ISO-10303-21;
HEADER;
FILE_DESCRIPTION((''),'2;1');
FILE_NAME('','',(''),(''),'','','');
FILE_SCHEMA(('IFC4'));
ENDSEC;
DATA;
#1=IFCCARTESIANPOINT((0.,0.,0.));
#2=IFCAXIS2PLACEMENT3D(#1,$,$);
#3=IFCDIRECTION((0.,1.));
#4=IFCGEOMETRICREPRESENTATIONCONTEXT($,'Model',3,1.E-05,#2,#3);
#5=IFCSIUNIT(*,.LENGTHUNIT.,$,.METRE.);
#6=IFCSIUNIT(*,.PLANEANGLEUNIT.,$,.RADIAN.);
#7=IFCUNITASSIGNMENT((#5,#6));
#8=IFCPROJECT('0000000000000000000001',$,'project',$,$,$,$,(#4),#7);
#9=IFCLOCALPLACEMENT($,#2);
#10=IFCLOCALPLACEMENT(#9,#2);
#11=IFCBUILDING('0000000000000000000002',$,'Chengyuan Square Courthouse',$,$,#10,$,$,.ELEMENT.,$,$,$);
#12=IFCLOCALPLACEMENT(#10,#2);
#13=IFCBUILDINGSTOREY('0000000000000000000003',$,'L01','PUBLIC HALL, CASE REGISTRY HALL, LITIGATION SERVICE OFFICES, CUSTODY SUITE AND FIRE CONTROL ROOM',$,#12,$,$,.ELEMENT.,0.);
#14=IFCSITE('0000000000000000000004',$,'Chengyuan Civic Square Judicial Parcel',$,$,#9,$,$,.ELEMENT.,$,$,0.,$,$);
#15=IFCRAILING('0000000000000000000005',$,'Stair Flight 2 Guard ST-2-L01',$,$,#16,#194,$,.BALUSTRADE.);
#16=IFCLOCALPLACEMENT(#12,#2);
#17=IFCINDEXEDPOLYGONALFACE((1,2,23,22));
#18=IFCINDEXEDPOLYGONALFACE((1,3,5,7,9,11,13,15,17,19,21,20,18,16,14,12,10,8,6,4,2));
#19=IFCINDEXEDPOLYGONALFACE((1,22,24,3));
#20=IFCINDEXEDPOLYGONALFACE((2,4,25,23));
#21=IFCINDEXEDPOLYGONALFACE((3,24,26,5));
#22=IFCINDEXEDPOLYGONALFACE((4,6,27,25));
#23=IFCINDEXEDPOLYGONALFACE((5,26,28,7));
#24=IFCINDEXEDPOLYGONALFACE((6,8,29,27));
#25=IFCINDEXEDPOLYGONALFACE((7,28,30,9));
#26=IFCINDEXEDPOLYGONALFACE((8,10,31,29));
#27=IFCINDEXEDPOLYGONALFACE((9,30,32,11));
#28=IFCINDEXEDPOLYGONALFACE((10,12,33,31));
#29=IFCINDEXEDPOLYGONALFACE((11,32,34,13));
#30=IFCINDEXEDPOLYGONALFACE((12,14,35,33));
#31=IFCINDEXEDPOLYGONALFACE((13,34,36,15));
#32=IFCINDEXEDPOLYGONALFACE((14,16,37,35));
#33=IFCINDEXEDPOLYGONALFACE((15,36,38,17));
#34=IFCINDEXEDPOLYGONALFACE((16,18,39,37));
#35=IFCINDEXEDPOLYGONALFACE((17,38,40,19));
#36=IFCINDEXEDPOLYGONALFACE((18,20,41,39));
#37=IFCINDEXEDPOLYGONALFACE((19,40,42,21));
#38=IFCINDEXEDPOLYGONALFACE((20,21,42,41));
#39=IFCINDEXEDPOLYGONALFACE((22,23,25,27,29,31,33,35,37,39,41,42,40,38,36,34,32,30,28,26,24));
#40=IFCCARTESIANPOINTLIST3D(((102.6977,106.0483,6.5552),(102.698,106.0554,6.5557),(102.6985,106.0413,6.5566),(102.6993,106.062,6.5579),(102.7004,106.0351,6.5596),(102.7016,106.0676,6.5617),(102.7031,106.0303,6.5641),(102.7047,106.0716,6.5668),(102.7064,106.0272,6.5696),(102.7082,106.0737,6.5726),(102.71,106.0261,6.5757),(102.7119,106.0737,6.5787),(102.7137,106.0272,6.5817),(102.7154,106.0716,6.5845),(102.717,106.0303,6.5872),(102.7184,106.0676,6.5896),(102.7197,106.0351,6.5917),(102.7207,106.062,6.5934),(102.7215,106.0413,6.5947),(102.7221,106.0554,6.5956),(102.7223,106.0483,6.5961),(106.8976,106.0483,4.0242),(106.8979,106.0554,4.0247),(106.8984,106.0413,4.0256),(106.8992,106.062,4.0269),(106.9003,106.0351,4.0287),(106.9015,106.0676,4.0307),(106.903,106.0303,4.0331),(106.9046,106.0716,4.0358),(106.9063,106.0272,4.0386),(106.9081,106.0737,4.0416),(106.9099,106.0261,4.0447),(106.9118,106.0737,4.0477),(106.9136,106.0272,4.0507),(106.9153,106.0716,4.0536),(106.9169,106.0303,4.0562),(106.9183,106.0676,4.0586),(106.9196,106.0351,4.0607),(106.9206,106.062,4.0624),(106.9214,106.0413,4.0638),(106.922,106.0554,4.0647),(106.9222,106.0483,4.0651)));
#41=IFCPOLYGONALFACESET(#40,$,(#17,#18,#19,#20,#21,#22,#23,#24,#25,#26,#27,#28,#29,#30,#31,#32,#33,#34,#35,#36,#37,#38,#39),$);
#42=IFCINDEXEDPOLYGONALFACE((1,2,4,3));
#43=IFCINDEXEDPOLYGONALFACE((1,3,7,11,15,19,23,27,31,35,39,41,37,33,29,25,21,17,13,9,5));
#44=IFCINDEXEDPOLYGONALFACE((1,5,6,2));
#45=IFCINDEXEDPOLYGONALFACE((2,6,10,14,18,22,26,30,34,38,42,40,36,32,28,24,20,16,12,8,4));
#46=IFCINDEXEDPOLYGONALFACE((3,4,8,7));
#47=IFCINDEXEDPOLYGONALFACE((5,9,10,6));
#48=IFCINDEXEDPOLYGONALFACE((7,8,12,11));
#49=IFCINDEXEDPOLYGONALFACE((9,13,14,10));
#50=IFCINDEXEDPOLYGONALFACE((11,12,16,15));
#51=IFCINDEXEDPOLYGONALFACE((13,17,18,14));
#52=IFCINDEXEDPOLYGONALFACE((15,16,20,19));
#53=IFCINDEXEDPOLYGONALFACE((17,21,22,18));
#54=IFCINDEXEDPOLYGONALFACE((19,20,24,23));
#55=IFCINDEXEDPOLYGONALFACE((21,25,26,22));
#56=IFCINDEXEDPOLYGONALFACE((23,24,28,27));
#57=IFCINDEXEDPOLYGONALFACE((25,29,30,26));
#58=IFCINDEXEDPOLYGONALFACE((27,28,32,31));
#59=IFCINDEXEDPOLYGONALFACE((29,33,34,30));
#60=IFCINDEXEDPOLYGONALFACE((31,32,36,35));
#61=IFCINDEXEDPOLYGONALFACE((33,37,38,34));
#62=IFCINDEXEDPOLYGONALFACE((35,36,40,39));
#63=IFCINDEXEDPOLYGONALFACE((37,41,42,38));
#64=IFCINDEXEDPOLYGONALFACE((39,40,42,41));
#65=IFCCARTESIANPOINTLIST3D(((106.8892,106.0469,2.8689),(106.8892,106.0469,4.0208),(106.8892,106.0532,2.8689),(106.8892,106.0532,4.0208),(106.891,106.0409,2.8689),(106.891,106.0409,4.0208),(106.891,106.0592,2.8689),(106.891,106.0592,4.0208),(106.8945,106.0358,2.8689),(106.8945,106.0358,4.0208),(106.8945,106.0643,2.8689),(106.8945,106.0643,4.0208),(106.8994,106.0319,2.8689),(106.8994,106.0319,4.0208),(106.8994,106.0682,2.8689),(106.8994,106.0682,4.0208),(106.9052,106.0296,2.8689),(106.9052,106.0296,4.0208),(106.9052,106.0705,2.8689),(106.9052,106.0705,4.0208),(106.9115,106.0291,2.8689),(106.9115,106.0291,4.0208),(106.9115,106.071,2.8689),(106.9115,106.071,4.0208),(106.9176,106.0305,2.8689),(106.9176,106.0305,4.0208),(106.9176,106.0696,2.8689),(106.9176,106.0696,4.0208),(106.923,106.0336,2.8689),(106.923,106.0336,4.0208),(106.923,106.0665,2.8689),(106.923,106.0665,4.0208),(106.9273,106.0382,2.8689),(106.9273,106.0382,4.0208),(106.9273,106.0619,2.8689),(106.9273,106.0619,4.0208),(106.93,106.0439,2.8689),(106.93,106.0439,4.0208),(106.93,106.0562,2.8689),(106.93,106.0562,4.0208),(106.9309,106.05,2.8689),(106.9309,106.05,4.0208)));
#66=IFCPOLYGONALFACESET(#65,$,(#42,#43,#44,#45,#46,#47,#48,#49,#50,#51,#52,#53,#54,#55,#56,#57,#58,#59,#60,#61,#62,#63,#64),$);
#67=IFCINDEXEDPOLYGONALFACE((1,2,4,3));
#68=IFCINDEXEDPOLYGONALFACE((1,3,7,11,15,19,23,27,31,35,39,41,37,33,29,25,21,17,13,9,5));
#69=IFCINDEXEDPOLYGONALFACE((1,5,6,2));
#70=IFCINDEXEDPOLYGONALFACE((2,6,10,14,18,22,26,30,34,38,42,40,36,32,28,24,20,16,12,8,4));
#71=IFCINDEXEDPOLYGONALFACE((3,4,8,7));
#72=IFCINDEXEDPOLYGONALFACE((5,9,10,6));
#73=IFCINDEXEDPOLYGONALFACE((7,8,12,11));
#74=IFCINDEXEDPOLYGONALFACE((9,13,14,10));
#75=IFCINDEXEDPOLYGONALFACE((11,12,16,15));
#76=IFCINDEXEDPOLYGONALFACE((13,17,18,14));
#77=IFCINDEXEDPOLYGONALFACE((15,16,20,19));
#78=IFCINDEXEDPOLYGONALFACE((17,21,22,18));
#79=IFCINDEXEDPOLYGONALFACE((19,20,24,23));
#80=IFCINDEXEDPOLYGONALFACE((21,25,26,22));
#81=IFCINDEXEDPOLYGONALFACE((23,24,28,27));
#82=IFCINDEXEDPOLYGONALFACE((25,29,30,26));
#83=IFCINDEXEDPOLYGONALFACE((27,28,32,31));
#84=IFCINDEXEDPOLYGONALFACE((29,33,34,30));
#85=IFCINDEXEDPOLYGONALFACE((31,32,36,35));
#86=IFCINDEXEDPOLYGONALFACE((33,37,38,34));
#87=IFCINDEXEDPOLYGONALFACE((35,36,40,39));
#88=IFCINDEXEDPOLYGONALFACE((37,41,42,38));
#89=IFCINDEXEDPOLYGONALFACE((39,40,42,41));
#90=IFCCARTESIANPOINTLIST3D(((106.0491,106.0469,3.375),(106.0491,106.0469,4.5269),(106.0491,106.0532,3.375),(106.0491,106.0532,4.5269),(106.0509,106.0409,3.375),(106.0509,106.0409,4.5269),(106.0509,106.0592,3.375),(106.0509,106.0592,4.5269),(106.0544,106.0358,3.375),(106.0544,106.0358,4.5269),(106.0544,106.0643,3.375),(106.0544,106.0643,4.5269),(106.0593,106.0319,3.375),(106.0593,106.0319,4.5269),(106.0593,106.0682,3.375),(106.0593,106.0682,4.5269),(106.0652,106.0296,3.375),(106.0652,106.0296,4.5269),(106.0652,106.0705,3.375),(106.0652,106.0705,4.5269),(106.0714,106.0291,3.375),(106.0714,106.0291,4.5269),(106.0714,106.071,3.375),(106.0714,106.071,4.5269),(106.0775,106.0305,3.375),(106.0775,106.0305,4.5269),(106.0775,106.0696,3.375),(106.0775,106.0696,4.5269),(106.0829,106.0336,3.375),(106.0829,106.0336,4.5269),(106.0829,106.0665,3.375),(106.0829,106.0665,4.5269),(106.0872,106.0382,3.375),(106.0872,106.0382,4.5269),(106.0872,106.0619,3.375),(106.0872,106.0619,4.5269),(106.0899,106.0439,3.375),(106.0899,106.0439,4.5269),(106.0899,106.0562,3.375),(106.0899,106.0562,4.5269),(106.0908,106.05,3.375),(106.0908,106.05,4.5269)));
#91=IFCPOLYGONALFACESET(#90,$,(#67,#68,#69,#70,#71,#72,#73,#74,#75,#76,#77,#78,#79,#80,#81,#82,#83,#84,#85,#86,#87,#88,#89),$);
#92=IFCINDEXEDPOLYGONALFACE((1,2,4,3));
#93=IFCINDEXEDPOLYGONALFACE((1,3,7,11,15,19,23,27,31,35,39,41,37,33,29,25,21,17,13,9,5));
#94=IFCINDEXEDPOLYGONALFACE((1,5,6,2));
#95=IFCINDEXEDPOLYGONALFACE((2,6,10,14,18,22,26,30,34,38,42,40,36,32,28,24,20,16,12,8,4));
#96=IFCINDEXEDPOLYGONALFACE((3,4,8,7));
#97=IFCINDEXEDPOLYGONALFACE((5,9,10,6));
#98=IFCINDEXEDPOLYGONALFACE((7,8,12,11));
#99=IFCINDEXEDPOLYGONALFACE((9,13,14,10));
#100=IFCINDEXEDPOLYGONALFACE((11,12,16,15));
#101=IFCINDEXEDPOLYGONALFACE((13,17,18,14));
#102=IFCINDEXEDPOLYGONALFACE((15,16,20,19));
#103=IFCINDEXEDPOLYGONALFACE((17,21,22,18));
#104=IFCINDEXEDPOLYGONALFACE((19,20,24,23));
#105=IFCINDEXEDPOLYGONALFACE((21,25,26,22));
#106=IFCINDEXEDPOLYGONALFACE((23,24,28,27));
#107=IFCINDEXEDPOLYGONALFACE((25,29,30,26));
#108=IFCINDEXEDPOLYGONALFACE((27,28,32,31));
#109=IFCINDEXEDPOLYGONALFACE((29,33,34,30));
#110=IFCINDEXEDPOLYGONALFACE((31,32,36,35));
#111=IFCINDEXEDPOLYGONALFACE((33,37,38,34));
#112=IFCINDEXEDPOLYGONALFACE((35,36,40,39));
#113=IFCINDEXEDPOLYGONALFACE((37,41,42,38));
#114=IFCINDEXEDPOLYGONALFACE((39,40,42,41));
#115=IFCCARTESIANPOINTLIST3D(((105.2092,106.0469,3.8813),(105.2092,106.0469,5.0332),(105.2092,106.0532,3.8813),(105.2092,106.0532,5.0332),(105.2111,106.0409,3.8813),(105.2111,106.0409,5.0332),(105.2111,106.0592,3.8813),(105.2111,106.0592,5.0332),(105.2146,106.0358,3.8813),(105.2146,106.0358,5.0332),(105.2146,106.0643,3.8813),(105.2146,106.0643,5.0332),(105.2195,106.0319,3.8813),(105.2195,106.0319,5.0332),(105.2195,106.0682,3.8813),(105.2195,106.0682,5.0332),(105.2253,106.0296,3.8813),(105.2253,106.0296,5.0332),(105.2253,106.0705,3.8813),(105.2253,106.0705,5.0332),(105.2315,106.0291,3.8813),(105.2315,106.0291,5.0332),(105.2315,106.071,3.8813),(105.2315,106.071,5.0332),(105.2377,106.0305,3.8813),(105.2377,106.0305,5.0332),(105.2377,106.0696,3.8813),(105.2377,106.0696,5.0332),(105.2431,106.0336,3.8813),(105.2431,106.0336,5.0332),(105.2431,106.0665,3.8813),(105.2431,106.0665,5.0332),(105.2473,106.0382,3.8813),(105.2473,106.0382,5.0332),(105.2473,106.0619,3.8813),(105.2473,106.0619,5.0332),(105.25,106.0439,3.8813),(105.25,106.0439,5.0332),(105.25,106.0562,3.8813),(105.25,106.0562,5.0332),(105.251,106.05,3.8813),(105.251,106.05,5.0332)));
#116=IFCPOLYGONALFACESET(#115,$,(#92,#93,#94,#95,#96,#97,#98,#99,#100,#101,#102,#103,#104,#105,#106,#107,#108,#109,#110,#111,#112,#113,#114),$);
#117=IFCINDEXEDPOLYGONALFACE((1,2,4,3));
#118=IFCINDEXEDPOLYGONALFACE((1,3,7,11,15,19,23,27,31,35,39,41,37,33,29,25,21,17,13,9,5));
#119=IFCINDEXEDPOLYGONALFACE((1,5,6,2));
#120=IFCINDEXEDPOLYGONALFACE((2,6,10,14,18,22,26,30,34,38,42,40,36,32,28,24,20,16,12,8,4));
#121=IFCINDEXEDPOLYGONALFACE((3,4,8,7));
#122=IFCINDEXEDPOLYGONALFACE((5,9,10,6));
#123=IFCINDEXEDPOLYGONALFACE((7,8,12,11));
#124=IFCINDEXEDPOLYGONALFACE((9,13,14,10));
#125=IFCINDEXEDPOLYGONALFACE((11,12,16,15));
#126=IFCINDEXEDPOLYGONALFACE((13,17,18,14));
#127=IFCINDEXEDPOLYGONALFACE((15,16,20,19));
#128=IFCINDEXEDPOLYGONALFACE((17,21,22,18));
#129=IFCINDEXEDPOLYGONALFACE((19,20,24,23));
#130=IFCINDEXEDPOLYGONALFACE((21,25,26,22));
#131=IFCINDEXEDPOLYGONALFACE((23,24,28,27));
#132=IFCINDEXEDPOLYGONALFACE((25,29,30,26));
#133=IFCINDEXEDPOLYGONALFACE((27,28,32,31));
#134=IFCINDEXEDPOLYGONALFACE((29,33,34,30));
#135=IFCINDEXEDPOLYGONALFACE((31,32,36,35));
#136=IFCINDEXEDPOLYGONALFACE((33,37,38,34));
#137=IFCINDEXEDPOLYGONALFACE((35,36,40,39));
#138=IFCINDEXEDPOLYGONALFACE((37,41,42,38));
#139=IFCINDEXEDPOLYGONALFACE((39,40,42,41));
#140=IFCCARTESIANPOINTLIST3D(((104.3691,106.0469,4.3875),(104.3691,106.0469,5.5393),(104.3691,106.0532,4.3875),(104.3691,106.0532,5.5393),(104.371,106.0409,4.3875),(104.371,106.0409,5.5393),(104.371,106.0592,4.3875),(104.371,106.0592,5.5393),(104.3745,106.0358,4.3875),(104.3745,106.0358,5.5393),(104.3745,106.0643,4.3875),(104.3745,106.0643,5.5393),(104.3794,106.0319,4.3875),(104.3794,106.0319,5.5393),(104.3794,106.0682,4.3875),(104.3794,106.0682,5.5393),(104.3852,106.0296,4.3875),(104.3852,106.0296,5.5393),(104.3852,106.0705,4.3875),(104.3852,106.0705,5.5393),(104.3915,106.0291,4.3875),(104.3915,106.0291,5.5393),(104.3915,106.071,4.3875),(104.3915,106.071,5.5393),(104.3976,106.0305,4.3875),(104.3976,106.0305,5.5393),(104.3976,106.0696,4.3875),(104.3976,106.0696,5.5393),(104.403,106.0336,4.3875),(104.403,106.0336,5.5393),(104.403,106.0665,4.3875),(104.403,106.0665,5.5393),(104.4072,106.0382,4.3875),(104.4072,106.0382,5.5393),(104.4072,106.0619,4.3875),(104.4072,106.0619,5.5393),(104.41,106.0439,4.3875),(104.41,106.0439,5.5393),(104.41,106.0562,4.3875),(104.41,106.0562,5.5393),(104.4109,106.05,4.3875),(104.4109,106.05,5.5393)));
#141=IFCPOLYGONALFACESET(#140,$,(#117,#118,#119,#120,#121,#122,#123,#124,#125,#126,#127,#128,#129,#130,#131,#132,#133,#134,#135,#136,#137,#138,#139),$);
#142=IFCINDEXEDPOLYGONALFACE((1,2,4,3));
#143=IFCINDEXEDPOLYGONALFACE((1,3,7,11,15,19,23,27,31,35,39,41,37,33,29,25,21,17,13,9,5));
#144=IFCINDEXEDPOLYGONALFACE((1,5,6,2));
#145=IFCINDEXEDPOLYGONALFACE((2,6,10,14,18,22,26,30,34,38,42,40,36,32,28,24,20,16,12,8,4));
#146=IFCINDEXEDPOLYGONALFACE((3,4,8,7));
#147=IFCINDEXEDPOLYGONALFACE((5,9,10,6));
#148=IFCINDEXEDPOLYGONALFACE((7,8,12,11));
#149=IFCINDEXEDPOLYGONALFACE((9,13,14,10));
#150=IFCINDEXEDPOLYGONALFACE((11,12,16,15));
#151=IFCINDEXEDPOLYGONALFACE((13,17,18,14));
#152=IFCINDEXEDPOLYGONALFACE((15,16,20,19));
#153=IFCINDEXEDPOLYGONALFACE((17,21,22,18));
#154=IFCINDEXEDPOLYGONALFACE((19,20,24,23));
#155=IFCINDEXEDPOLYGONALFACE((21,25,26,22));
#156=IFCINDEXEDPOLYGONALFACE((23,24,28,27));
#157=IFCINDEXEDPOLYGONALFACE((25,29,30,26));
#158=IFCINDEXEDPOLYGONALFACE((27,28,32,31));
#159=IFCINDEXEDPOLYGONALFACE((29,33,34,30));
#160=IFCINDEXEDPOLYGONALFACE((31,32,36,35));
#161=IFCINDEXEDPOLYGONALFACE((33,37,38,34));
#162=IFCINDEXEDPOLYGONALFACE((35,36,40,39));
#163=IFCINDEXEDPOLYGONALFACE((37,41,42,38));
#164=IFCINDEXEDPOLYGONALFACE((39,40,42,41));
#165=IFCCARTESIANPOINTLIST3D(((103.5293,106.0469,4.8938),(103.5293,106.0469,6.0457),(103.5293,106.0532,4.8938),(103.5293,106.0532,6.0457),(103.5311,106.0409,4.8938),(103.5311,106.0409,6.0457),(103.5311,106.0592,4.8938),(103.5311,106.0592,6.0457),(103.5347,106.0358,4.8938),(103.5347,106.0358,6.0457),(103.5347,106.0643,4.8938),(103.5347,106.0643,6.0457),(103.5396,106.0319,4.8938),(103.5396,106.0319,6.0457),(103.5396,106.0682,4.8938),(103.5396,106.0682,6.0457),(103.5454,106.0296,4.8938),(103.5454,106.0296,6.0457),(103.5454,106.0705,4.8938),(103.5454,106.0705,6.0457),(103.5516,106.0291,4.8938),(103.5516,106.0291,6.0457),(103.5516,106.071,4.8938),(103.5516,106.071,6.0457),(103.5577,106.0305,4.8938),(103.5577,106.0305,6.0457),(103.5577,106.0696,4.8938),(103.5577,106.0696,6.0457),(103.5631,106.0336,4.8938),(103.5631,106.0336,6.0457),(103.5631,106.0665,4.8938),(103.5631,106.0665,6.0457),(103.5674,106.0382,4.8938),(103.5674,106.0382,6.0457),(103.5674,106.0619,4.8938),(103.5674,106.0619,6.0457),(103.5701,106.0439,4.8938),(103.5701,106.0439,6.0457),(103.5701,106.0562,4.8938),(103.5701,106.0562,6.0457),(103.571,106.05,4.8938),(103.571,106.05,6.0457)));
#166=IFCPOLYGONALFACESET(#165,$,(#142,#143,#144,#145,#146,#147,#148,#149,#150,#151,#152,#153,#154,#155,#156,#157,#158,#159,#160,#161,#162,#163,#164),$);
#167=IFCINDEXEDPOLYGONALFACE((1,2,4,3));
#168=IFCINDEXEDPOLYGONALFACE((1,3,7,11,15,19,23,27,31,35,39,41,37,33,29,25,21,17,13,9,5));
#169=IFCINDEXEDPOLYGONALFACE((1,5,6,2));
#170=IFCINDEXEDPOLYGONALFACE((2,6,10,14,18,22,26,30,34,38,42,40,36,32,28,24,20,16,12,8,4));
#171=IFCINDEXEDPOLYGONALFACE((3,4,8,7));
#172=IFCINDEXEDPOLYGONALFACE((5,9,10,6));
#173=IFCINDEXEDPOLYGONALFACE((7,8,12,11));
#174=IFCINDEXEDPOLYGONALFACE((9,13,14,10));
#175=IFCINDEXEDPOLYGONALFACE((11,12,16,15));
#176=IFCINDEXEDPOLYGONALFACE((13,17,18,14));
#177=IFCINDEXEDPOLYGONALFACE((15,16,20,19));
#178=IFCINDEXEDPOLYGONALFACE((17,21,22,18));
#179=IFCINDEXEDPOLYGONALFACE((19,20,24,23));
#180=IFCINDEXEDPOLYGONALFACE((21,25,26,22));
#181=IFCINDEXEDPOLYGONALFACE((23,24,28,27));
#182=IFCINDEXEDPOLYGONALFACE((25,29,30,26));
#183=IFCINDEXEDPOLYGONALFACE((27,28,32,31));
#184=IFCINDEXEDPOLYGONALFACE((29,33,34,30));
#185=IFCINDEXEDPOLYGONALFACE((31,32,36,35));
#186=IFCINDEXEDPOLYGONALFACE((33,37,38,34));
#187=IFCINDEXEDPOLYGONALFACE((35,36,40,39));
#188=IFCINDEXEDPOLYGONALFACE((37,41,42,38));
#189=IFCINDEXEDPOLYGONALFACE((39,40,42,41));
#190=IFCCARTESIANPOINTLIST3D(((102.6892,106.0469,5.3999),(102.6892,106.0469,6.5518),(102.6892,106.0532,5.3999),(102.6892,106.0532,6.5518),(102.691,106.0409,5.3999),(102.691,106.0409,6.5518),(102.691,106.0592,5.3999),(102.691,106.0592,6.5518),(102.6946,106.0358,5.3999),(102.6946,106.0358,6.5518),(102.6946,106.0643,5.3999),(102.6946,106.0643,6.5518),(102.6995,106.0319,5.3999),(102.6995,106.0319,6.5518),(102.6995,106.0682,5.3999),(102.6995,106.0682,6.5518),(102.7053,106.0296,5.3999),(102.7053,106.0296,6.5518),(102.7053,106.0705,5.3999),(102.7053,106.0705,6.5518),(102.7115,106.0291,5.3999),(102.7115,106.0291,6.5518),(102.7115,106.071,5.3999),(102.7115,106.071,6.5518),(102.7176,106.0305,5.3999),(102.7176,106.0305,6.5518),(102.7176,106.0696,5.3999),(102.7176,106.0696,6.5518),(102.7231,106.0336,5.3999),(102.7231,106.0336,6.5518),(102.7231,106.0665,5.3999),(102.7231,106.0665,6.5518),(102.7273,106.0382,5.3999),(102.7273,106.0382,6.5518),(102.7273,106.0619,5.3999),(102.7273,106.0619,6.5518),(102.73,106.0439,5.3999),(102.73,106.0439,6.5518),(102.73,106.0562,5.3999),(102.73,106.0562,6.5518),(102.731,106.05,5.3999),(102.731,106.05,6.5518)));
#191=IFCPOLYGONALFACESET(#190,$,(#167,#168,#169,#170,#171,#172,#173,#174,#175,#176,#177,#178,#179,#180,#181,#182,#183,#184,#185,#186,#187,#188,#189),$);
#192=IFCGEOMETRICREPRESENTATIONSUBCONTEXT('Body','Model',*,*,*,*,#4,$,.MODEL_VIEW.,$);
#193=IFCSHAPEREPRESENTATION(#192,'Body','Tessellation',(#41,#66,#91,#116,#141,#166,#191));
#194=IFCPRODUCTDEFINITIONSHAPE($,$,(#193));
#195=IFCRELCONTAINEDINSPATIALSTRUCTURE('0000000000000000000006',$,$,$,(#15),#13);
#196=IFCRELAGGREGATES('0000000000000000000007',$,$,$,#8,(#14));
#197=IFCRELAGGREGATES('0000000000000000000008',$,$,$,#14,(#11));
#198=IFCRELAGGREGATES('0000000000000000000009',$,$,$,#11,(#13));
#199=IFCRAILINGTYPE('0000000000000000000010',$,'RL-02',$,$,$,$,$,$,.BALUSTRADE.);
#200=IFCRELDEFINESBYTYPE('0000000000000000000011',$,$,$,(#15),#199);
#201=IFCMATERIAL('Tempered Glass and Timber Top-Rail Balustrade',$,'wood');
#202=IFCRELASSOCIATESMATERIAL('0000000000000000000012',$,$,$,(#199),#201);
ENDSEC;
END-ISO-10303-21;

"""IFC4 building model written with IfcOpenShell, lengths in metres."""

from ifc_helpers import new_model, si_unit, direction, frame, origin, origin_2d, place, context, subcontext, project, spatial, circle, extrude, material, type_object, element, save


model = new_model("IFC4")

# Units and contexts
model_context = context("Model", 3, precision=1e-05, world=origin(), true_north=direction((0.0, 1.0)))
body_context = subcontext(model_context, "Body", "Model", "MODEL_VIEW")
ifc_project = project(units=[si_unit("LENGTHUNIT", "METRE"), si_unit("PLANEANGLEUNIT", "RADIAN")], contexts=[model_context])

# Site, building, storey
site_placement = place(None, origin())
site = spatial("IfcSite", under=ifc_project, at=site_placement, Name="Chengyuan Civic Square Judicial Parcel", CompositionType="ELEMENT", RefElevation=0.0)
building_placement = place(site_placement, origin())
building = spatial("IfcBuilding", under=site, at=building_placement, Name="Chengyuan Square Courthouse", CompositionType="ELEMENT")
storey_placement = place(building_placement, origin())
storey = spatial("IfcBuildingStorey", under=building, at=storey_placement, Name="L01", Description="PUBLIC HALL, CASE REGISTRY HALL, LITIGATION SERVICE OFFICES, CUSTODY SUITE AND FIRE CONTROL ROOM", CompositionType="ELEMENT", Elevation=0.0)

# Railing
ifc_material_1 = material(Name="Tempered Glass and Timber Top-Rail Balustrade", Category="wood")
railing_type_1 = type_object("IfcRailingType", Name="RL-02", PredefinedType="BALUSTRADE", material=ifc_material_1)
railing_1_placement = place(storey_placement, frame((106.9099, 106.05, 2.8689)))
element("IfcRailing", 1, at=railing_1_placement, inside=storey, type_object=railing_type_1, Name="Stair Flight 2 Guard ST-2-L01", PredefinedType="BALUSTRADE", context=body_context, shape_type="SweptSolid", body=[
    extrude(circle(Radius=0.0239, at=origin_2d()), frame((0.0, 0.0, 1.1758), z_axis=(-0.856499, 0.0, 0.51615), x_axis=(0.0, -1.0, 0.0)), (0.0, 0.0, 1.0), 4.9036),
    extrude(circle(Radius=0.021, at=origin_2d()), origin(), (0.0, 0.0, 1.0), 1.1519),
    extrude(circle(Radius=0.021, at=origin_2d()), frame((-0.8401, 0.0, 0.5061)), (0.0, 0.0, 1.0), 1.1519),
    extrude(circle(Radius=0.021, at=origin_2d()), frame((-1.6799, 0.0, 1.0125)), (0.0, 0.0, 1.0), 1.1519),
    extrude(circle(Radius=0.021, at=origin_2d()), frame((-2.52, 0.0, 1.5186)), (0.0, 0.0, 1.0), 1.1519),
    extrude(circle(Radius=0.021, at=origin_2d()), frame((-3.3599, 0.0, 2.0249)), (0.0, 0.0, 1.0), 1.1519),
    extrude(circle(Radius=0.021, at=origin_2d()), frame((-4.2, 0.0, 2.531)), (0.0, 0.0, 1.0), 1.1519),
])

save(model, "model.ifc")
